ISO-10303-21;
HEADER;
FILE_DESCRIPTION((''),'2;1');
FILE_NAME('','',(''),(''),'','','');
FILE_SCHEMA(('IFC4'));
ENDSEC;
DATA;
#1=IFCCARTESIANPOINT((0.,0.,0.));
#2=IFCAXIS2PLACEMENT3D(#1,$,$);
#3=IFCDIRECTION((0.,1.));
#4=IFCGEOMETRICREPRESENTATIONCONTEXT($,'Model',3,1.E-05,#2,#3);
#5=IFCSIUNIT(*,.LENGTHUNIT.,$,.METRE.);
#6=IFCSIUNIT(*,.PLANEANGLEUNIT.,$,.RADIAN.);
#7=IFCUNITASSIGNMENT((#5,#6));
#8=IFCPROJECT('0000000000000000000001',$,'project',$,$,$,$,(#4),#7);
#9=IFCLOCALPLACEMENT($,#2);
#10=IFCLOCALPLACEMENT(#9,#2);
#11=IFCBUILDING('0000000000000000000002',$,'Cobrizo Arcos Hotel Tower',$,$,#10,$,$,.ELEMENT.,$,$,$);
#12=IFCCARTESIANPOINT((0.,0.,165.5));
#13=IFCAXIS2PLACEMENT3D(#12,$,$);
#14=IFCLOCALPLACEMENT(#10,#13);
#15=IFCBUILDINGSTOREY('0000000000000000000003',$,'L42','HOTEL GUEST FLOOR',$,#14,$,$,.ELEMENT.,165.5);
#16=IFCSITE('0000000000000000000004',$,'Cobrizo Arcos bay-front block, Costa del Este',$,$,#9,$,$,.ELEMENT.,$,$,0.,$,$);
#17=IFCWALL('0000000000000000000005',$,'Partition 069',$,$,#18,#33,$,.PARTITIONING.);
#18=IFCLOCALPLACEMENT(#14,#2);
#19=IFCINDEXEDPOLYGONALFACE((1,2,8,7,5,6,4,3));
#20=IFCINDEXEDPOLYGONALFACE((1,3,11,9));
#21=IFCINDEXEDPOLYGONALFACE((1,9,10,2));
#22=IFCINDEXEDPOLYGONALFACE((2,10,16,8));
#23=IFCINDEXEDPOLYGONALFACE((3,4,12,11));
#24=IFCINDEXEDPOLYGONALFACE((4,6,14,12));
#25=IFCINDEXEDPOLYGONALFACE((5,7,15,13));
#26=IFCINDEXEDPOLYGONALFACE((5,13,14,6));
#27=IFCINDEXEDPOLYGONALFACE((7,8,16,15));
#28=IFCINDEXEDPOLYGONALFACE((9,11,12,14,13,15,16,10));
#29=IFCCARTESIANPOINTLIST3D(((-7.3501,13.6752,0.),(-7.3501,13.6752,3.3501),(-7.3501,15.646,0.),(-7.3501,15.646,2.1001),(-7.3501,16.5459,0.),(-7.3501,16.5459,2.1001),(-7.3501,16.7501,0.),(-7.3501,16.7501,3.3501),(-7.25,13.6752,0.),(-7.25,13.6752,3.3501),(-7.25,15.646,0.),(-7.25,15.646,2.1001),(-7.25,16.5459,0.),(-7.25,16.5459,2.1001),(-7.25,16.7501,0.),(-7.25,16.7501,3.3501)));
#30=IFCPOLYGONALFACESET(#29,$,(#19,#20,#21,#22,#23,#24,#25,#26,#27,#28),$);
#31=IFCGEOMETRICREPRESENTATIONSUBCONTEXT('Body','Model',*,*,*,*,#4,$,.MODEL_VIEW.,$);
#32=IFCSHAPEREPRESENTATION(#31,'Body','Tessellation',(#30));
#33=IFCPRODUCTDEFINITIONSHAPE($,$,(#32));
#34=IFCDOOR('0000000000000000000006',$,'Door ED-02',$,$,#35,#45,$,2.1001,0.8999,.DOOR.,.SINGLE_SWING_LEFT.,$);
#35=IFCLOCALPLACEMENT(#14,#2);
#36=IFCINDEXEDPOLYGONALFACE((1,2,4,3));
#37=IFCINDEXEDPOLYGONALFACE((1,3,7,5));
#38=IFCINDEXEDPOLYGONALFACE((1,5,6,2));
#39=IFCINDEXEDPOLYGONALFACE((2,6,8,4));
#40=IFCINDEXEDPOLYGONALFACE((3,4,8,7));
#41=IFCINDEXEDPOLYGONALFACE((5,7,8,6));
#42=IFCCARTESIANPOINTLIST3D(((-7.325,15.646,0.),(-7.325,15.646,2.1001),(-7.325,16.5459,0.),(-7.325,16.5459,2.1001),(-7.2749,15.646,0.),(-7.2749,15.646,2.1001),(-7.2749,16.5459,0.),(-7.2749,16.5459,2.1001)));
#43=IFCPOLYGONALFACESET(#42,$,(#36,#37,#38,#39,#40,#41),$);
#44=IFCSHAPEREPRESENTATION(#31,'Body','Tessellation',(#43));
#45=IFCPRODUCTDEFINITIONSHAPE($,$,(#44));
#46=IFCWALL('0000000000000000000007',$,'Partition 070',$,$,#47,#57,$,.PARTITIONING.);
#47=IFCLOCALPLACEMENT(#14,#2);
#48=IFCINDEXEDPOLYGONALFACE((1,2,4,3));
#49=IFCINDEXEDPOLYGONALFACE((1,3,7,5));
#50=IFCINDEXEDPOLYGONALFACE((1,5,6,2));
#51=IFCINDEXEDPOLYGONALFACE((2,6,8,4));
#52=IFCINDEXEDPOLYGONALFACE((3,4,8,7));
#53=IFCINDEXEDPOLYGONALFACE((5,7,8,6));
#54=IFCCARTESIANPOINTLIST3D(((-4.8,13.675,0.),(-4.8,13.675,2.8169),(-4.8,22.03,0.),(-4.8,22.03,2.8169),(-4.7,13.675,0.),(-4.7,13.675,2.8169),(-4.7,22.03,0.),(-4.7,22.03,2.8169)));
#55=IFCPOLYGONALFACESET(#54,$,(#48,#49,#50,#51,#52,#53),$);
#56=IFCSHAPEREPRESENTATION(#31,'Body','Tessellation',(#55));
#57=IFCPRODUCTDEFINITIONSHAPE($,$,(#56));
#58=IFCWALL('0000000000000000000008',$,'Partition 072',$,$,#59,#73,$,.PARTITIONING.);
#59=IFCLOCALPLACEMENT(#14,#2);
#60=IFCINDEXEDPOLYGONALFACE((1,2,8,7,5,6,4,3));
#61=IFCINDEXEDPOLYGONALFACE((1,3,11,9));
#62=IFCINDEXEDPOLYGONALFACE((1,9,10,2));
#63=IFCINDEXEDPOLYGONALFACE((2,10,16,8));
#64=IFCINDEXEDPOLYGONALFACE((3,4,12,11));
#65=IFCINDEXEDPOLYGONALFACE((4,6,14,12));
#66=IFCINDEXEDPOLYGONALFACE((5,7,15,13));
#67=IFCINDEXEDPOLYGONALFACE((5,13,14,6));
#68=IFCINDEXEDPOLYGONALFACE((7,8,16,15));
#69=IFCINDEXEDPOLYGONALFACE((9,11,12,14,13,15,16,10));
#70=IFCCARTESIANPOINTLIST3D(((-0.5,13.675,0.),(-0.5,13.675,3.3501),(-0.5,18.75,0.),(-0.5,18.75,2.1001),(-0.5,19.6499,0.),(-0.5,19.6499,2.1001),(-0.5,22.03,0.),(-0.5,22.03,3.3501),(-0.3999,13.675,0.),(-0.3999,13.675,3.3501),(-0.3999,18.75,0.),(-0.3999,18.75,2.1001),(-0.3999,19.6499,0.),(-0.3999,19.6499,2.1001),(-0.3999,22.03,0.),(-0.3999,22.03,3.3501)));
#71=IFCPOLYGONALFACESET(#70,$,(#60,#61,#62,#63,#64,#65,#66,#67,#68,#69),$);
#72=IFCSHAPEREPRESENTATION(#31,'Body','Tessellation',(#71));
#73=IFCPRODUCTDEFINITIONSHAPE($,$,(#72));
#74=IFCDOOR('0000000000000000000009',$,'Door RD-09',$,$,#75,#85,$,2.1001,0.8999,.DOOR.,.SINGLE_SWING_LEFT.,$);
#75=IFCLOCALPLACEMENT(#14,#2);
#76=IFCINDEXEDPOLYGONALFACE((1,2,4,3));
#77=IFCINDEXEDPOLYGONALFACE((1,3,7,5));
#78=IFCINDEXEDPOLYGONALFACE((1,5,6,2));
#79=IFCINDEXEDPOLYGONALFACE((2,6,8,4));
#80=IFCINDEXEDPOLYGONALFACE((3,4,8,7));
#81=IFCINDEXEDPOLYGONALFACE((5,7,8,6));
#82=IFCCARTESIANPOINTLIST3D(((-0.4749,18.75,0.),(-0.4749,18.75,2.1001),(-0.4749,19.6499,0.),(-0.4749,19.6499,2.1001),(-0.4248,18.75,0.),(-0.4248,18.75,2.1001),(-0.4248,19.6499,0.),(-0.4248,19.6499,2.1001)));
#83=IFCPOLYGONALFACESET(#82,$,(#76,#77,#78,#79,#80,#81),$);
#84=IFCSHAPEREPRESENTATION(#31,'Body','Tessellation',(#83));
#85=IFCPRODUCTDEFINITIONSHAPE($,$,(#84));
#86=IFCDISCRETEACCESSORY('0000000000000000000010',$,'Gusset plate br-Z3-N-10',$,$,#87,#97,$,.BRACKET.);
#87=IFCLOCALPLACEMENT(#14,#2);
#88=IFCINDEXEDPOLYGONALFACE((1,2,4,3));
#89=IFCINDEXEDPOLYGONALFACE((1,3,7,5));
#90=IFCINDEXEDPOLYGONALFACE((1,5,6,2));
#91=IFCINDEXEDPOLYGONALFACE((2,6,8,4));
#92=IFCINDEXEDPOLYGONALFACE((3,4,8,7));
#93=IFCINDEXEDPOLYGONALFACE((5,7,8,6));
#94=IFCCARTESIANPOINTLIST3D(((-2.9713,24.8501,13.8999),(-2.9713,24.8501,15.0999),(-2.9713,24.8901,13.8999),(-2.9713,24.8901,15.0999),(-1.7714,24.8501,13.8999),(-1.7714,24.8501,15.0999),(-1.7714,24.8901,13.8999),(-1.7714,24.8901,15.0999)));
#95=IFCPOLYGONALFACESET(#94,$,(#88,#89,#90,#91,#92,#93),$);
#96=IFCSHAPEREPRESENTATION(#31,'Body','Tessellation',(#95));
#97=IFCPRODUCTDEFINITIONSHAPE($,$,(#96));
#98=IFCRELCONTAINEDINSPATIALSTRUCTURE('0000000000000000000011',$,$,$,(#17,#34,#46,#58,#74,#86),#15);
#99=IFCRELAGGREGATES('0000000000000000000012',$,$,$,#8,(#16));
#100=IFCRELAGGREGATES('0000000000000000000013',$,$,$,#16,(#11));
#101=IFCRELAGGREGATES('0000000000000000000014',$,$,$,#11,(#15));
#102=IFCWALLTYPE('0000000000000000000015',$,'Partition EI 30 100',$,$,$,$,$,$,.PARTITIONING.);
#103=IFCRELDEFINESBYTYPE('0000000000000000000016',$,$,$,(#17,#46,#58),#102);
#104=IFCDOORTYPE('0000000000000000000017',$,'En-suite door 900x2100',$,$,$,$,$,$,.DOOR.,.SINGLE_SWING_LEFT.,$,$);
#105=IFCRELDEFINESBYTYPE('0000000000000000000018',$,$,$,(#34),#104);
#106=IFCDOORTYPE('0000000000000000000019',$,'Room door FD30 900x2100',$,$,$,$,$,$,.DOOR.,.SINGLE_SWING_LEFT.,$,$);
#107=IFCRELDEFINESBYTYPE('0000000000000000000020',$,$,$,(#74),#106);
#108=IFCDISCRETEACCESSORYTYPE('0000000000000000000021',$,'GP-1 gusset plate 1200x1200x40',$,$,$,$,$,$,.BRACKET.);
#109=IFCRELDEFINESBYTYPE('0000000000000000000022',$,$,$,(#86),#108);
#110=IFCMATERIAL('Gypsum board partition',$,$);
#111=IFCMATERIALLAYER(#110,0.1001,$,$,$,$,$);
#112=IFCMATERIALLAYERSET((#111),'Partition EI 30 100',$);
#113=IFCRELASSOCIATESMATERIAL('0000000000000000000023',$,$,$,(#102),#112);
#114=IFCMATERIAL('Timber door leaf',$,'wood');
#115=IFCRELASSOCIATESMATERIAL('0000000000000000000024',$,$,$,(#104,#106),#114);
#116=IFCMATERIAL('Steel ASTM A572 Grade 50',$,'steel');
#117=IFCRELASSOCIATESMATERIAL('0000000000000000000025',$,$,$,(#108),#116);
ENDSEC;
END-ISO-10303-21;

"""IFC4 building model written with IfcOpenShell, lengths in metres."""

from ifc_helpers import new_model, si_unit, direction, frame, frame_2d, origin, origin_2d, place, context, subcontext, project, spatial, rectangle, extrude, material, layer, layer_set, type_object, element, fill, save


model = new_model("IFC4")

# Units and contexts
model_context = context("Model", 3, precision=1e-05, world=origin(), true_north=direction((0.0, 1.0)))
body_context = subcontext(model_context, "Body", "Model", "MODEL_VIEW")
ifc_project = project(units=[si_unit("LENGTHUNIT", "METRE"), si_unit("PLANEANGLEUNIT", "RADIAN")], contexts=[model_context])

# Site, building, storey
site_placement = place(None, origin())
site = spatial("IfcSite", under=ifc_project, at=site_placement, Name="Cobrizo Arcos bay-front block, Costa del Este", CompositionType="ELEMENT", RefElevation=0.0)
building_placement = place(site_placement, origin())
building = spatial("IfcBuilding", under=site, at=building_placement, Name="Cobrizo Arcos Hotel Tower", CompositionType="ELEMENT")
storey_placement = place(building_placement, frame((0.0, 0.0, 165.5)))
storey = spatial("IfcBuildingStorey", under=building, at=storey_placement, Name="L42", Description="HOTEL GUEST FLOOR", CompositionType="ELEMENT", Elevation=165.5)

# Shared definitions
ifc_material_1 = material(Name="Steel ASTM A572 Grade 50", Category="steel")

# Shared definitions
ifc_material_2 = material(Name="Gypsum board partition")
ifc_layer_1 = layer(ifc_material_2, 0.1001)
ifc_layer_set_1 = layer_set([ifc_layer_1], Name="Partition EI 30 100")
wall_type = type_object("IfcWallType", Name="Partition EI 30 100", PredefinedType="PARTITIONING", material=ifc_layer_set_1)

# Wall, opening, door
wall_1_placement = place(storey_placement, frame((-7.3, 13.675, 0.0), z_axis=(0.0, 0.0, 1.0), x_axis=(0.0, 1.0, 0.0)))
wall_1 = element("IfcWall", 1, at=wall_1_placement, inside=storey, type_object=wall_type, Name="Partition 069", PredefinedType="PARTITIONING", context=body_context, shape_type="SweptSolid", body=[
    extrude(rectangle(XDim=3.075, YDim=0.1001, at=frame_2d((1.5376, 0.0))), origin(), (0.0, 0.0, 1.0), 3.3501),
])
opening_1_placement = place(wall_1_placement, frame((1.9709, 0.0, 0.0)))
opening_1 = element("IfcOpeningElement", 2, at=opening_1_placement, cuts=wall_1, PredefinedType="OPENING", context=body_context, shape_type="SweptSolid", body=[
    extrude(rectangle(XDim=0.8999, YDim=2.1001, at=frame_2d((0.45, 1.05))), frame((0.0, 0.062, 0.0), z_axis=(0.0, -1.0, 0.0), x_axis=(1.0, 0.0, 0.0)), (0.0, 0.0, 1.0), 0.124),
])
ifc_material_3 = material(Name="Timber door leaf", Category="wood")
door_type_1 = type_object("IfcDoorType", Name="En-suite door 900x2100", OperationType="SINGLE_SWING_LEFT", PredefinedType="DOOR", material=ifc_material_3)
door_1_placement = place(opening_1_placement, origin())
door_1 = element("IfcDoor", 3, at=door_1_placement, inside=storey, type_object=door_type_1, Name="Door ED-02", OperationType="SINGLE_SWING_LEFT", OverallHeight=2.1001, OverallWidth=0.8999, PredefinedType="DOOR", context=body_context, shape_type="SweptSolid", body=[
    extrude(rectangle(XDim=0.8999, YDim=2.1001, at=frame_2d((0.45, 1.05))), frame((0.0, 0.0249, 0.0), z_axis=(0.0, -1.0, 0.0), x_axis=(1.0, 0.0, 0.0)), (0.0, 0.0, 1.0), 0.05),
])
fill(opening_1, door_1)

# Wall
wall_2_placement = place(storey_placement, frame((-4.75, 13.675, 0.0), z_axis=(0.0, 0.0, 1.0), x_axis=(0.0, 1.0, 0.0)))
element("IfcWall", 4, at=wall_2_placement, inside=storey, type_object=wall_type, Name="Partition 070", PredefinedType="PARTITIONING", context=body_context, shape_type="SweptSolid", body=[
    extrude(rectangle(XDim=8.355, YDim=0.1001, at=frame_2d((4.1775, 0.0))), origin(), (0.0, 0.0, 1.0), 2.8169),
])

# Wall, opening, door
wall_3_placement = place(storey_placement, frame((-0.45, 13.675, 0.0), z_axis=(0.0, 0.0, 1.0), x_axis=(0.0, 1.0, 0.0)))
wall_3 = element("IfcWall", 5, at=wall_3_placement, inside=storey, type_object=wall_type, Name="Partition 072", PredefinedType="PARTITIONING", context=body_context, shape_type="SweptSolid", body=[
    extrude(rectangle(XDim=8.355, YDim=0.1001, at=frame_2d((4.1775, 0.0))), origin(), (0.0, 0.0, 1.0), 3.3501),
])
opening_2_placement = place(wall_3_placement, frame((5.075, 0.0, 0.0)))
opening_2 = element("IfcOpeningElement", 6, at=opening_2_placement, cuts=wall_3, PredefinedType="OPENING", context=body_context, shape_type="SweptSolid", body=[
    extrude(rectangle(XDim=0.8999, YDim=2.1001, at=frame_2d((0.45, 1.05))), frame((0.0, 0.062, 0.0), z_axis=(0.0, -1.0, 0.0), x_axis=(1.0, 0.0, 0.0)), (0.0, 0.0, 1.0), 0.124),
])
door_type_2 = type_object("IfcDoorType", Name="Room door FD30 900x2100", OperationType="SINGLE_SWING_LEFT", PredefinedType="DOOR", material=ifc_material_3)
door_2_placement = place(opening_2_placement, origin())
door_2 = element("IfcDoor", 7, at=door_2_placement, inside=storey, type_object=door_type_2, Name="Door RD-09", OperationType="SINGLE_SWING_LEFT", OverallHeight=2.1001, OverallWidth=0.8999, PredefinedType="DOOR", context=body_context, shape_type="SweptSolid", body=[
    extrude(rectangle(XDim=0.8999, YDim=2.1001, at=frame_2d((0.45, 1.05))), frame((0.0, 0.0249, 0.0), z_axis=(0.0, -1.0, 0.0), x_axis=(1.0, 0.0, 0.0)), (0.0, 0.0, 1.0), 0.05),
])
fill(opening_2, door_2)

# Discrete accessory
discrete_accessory_type = type_object("IfcDiscreteAccessoryType", Name="GP-1 gusset plate 1200x1200x40", PredefinedType="BRACKET", material=ifc_material_1)
discrete_accessory_placement = place(storey_placement, frame((-2.3713, 24.8701, 13.8999), z_axis=(0.0, 0.0, 1.0), x_axis=(1.0, 0.0, 0.0)))
element("IfcDiscreteAccessory", 8, at=discrete_accessory_placement, inside=storey, type_object=discrete_accessory_type, Name="Gusset plate br-Z3-N-10", PredefinedType="BRACKET", context=body_context, shape_type="SweptSolid", body=[
    extrude(rectangle(XDim=1.2, YDim=0.04, at=origin_2d()), origin(), (0.0, 0.0, 1.0), 1.2),
])

save(model, "model.ifc")
